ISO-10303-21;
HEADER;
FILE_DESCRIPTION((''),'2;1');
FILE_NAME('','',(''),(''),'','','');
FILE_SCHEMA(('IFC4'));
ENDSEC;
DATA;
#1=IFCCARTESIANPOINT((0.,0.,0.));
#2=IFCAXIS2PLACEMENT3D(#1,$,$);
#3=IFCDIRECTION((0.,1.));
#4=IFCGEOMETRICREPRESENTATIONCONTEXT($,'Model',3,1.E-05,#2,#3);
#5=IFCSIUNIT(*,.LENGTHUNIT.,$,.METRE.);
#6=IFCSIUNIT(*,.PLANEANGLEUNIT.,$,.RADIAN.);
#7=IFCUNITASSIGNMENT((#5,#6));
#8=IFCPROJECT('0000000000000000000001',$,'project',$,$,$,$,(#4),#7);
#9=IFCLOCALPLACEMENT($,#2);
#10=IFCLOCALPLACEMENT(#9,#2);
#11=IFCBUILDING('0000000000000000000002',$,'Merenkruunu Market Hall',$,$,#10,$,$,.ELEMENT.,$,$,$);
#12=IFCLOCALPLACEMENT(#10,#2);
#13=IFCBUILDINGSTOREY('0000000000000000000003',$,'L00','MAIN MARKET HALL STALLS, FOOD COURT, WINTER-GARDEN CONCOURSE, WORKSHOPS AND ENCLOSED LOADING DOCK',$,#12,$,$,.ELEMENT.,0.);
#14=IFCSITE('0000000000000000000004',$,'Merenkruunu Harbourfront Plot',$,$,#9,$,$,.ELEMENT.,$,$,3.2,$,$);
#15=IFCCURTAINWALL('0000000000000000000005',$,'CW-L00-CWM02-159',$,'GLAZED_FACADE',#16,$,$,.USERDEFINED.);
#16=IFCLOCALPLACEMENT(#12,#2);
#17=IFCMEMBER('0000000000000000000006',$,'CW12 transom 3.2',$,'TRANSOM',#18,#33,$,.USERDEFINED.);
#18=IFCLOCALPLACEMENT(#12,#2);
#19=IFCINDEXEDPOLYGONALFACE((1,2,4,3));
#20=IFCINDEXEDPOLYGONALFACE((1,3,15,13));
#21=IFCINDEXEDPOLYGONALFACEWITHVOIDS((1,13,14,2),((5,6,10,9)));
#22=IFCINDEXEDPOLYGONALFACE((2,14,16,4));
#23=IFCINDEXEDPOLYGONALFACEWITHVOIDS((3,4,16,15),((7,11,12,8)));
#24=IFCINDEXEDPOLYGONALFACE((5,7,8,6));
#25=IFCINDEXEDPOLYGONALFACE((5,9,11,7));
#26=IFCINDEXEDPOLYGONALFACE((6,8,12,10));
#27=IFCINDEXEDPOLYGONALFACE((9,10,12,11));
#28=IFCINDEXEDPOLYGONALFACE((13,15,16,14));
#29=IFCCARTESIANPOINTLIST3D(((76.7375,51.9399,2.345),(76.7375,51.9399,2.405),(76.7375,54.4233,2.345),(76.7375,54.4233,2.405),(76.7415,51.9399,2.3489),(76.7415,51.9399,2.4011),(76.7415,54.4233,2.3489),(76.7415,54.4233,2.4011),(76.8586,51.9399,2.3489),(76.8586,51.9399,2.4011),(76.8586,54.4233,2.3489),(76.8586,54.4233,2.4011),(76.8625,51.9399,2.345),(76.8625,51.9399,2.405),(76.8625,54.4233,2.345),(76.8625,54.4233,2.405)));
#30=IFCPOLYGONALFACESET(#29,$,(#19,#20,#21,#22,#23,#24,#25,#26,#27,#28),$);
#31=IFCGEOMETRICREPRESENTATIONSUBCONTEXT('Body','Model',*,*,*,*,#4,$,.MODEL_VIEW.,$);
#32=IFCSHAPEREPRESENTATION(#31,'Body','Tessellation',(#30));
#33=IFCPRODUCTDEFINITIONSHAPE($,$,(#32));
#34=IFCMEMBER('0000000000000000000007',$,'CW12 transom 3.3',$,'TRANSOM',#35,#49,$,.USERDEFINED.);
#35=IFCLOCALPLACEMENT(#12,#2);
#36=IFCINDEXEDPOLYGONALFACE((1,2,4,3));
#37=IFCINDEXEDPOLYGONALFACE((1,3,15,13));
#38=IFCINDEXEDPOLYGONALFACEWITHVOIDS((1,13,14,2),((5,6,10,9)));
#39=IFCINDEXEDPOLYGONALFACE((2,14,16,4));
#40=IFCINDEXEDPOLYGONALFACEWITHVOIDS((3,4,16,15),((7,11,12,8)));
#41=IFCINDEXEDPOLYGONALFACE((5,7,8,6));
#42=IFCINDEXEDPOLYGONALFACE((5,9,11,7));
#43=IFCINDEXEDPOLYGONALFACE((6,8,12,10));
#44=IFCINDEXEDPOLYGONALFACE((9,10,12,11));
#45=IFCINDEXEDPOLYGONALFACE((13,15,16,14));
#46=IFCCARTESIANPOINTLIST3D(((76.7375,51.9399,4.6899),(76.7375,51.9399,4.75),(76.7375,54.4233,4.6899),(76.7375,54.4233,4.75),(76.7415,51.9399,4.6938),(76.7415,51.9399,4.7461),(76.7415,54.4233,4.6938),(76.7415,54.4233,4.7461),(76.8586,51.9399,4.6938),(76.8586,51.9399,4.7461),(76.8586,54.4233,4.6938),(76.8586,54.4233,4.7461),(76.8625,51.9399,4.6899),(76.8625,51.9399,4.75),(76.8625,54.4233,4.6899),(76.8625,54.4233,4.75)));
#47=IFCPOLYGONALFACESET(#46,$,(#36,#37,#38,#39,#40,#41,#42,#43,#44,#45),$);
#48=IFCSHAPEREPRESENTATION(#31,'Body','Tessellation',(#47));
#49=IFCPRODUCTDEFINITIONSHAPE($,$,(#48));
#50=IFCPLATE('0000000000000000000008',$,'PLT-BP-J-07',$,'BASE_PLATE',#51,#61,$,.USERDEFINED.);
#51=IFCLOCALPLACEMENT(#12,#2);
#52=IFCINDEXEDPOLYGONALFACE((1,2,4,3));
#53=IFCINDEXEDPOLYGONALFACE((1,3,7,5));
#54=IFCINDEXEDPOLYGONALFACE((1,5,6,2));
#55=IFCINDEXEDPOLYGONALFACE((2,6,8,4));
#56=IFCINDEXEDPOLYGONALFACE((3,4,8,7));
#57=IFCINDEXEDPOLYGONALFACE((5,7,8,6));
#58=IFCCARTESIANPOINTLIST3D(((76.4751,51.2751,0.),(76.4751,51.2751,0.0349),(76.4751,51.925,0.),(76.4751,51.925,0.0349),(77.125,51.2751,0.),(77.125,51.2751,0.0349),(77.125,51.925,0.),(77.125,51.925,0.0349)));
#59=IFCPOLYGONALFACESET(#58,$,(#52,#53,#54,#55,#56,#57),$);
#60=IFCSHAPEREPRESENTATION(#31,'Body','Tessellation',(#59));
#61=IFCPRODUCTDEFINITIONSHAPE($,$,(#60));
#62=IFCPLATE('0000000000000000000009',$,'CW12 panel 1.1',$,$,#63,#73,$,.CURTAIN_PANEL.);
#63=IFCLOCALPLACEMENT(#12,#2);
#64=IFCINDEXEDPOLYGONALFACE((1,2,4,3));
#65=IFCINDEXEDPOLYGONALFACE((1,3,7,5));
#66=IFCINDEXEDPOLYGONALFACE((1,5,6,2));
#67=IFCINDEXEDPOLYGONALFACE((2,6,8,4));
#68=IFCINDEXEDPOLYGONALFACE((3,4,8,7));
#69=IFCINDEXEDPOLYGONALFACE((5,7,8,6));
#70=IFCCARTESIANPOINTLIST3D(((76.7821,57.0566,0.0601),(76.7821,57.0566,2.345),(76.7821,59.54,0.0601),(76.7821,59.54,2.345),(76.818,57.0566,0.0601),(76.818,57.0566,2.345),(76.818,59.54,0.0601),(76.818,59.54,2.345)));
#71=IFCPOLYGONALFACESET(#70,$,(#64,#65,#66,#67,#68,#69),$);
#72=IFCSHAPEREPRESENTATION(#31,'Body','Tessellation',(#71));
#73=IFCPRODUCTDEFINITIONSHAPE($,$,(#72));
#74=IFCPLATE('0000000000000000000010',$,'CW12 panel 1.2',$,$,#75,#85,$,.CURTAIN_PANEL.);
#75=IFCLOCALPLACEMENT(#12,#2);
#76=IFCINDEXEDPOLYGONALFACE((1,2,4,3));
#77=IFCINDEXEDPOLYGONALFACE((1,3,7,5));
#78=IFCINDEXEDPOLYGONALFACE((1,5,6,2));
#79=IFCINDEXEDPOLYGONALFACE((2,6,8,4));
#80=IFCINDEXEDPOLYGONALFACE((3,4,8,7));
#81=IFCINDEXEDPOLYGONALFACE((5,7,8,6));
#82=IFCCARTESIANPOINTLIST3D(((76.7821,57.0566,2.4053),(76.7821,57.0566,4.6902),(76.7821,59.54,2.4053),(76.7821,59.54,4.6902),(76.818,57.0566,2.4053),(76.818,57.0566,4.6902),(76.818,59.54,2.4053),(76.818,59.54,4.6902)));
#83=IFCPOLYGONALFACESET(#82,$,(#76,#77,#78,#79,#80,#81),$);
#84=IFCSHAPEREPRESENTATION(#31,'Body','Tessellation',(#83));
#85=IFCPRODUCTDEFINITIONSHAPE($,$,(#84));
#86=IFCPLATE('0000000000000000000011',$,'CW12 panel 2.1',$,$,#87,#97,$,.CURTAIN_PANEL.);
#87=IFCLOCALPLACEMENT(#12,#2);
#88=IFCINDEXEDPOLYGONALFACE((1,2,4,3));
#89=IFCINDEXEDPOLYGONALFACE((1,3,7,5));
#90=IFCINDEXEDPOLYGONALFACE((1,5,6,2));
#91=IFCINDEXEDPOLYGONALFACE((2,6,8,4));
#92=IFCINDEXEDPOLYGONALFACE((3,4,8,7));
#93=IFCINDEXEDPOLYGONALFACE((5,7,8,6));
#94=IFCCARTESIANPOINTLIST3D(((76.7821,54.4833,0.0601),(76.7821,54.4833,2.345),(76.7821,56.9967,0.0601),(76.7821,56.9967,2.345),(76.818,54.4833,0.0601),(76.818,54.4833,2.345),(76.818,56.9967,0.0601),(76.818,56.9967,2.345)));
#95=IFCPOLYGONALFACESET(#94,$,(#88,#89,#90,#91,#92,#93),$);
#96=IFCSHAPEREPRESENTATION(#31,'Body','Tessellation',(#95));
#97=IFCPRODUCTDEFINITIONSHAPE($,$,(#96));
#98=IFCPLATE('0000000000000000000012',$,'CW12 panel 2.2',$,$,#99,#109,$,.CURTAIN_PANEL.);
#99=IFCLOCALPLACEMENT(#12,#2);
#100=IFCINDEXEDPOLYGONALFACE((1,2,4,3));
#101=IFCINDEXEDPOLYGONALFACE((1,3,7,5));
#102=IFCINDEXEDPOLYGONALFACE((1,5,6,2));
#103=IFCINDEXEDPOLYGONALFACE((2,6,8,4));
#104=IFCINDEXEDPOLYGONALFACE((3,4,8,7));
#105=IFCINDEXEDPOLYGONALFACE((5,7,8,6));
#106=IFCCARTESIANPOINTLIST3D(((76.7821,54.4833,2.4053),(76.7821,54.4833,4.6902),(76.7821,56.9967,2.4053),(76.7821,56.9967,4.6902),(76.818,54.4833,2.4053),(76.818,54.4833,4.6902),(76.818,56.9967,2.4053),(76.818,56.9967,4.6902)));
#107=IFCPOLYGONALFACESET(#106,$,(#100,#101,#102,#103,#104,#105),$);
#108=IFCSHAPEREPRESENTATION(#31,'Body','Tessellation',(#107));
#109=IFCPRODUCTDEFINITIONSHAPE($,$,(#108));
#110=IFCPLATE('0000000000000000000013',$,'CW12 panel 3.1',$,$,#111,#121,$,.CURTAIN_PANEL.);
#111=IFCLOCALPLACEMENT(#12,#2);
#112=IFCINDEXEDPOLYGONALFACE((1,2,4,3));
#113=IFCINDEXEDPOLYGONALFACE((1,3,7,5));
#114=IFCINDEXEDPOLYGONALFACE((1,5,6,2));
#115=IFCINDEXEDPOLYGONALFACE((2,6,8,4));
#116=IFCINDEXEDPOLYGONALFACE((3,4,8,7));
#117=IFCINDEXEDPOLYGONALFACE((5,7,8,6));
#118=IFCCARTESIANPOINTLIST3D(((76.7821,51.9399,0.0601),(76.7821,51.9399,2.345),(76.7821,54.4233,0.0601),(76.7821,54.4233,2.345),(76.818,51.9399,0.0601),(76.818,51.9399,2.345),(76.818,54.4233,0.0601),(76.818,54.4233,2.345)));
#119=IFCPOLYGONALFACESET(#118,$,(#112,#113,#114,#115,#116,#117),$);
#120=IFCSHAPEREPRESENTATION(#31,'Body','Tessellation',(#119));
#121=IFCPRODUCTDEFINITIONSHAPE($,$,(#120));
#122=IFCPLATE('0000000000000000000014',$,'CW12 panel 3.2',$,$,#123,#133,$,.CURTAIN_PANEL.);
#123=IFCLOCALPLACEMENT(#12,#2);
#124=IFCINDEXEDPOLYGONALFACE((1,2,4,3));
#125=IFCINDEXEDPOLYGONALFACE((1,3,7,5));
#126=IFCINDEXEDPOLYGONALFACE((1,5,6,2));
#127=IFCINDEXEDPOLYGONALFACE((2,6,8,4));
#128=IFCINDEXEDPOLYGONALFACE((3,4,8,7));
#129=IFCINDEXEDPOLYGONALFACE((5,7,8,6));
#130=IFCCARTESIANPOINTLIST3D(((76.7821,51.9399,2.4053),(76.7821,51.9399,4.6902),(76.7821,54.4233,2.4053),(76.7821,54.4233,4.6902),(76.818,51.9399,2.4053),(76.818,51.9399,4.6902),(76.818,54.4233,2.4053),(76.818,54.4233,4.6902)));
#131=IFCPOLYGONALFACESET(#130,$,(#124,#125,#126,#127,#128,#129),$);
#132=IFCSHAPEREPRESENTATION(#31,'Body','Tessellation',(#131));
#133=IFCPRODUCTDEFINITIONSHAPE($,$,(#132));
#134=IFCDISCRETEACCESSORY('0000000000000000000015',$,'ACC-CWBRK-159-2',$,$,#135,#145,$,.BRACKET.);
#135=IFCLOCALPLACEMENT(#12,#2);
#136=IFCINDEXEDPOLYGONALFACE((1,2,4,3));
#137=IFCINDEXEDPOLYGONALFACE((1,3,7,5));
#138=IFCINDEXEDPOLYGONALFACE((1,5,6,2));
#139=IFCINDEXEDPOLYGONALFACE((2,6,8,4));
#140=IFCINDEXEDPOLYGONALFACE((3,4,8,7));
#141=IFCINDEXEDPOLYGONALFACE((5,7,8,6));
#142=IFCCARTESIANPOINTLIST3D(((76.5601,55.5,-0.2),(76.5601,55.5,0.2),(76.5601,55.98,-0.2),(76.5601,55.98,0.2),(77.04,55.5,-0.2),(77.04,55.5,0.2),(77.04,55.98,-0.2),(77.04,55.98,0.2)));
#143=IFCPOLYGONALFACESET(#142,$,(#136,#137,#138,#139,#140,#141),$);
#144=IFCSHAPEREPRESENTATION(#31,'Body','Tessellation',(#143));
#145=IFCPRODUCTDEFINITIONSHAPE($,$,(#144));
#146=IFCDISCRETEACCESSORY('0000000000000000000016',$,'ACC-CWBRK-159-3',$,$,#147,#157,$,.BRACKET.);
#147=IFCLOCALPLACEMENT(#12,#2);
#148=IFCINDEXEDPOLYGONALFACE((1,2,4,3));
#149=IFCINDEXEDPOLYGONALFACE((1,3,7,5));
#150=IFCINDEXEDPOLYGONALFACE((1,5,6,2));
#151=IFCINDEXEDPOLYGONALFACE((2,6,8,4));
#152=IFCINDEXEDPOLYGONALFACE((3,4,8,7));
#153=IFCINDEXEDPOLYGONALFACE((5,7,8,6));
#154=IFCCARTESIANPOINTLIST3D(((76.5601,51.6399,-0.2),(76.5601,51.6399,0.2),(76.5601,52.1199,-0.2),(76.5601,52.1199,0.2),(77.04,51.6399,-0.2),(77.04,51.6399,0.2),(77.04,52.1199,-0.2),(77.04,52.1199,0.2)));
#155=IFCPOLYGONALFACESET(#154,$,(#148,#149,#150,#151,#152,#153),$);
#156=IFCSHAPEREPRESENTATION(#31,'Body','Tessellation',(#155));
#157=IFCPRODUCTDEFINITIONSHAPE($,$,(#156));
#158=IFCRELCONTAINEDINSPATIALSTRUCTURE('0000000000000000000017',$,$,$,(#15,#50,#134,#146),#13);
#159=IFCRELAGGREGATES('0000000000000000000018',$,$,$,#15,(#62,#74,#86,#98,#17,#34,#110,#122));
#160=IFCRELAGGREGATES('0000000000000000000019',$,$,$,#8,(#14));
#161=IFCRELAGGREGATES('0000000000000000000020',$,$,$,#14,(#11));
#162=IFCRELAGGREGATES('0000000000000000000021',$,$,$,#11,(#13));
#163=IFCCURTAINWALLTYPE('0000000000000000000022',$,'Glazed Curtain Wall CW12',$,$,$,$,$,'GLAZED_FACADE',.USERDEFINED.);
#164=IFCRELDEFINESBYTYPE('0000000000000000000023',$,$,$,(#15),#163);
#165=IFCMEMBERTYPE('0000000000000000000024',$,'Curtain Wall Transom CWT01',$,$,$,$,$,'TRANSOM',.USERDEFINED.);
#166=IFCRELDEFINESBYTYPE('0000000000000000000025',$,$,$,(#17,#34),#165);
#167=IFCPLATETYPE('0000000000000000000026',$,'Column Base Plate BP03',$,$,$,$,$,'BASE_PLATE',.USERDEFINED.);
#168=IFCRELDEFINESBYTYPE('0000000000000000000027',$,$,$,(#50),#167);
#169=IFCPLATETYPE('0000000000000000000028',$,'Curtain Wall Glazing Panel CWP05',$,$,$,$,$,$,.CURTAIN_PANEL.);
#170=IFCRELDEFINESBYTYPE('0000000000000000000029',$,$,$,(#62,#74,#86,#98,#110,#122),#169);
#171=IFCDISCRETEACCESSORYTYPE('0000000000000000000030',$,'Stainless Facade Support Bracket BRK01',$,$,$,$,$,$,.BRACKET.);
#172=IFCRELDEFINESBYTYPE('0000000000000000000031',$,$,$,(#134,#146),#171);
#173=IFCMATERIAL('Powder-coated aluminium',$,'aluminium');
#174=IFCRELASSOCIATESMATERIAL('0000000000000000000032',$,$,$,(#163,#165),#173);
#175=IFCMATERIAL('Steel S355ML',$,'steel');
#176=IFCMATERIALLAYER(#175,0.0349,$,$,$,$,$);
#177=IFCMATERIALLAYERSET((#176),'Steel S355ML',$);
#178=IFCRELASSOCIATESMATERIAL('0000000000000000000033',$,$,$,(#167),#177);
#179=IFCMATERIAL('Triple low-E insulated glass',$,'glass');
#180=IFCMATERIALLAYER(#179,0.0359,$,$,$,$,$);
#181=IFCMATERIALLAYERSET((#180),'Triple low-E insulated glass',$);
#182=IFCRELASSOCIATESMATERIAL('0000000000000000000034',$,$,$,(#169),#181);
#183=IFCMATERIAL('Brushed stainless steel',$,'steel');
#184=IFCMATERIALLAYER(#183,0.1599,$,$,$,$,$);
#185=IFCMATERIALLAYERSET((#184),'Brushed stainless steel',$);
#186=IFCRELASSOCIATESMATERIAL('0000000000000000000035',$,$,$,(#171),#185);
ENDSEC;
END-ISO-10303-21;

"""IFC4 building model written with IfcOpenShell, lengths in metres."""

from ifc_helpers import new_model, si_unit, direction, frame, origin, origin_2d, place, context, subcontext, project, spatial, rectangle, hollow_rectangle, extrude, material, layer, layer_set, material_profile, profile_set, type_object, element, aggregate, save


model = new_model("IFC4")

# Units and contexts
model_context = context("Model", 3, precision=1e-05, world=origin(), true_north=direction((0.0, 1.0)))
body_context = subcontext(model_context, "Body", "Model", "MODEL_VIEW")
ifc_project = project(units=[si_unit("LENGTHUNIT", "METRE"), si_unit("PLANEANGLEUNIT", "RADIAN")], contexts=[model_context])

# Site, building, storey
site_placement = place(None, origin())
site = spatial("IfcSite", under=ifc_project, at=site_placement, Name="Merenkruunu Harbourfront Plot", CompositionType="ELEMENT", RefElevation=3.2)
building_placement = place(site_placement, origin())
building = spatial("IfcBuilding", under=site, at=building_placement, Name="Merenkruunu Market Hall", CompositionType="ELEMENT")
storey_placement = place(building_placement, origin())
storey = spatial("IfcBuildingStorey", under=building, at=storey_placement, Name="L00", Description="MAIN MARKET HALL STALLS, FOOD COURT, WINTER-GARDEN CONCOURSE, WORKSHOPS AND ENCLOSED LOADING DOCK", CompositionType="ELEMENT", Elevation=0.0)

# Shared definitions
ifc_material_1 = material(Name="Steel S355ML", Category="steel")

# Curtain wall, members
ifc_material_2 = material(Name="Powder-coated aluminium", Category="aluminium")
curtain_wall_type = type_object("IfcCurtainWallType", Name="Glazed Curtain Wall CW12", ElementType="GLAZED_FACADE", PredefinedType="USERDEFINED", material=ifc_material_2)
curtain_wall_placement = place(storey_placement, origin())
curtain_wall = element("IfcCurtainWall", 1, at=curtain_wall_placement, inside=storey, type_object=curtain_wall_type, Name="CW-L00-CWM02-159", ObjectType="GLAZED_FACADE", PredefinedType="USERDEFINED")
ifc_material_profile_1 = material_profile(ifc_material_2, hollow_rectangle(XDim=0.0601, YDim=0.125, WallThickness=0.0039, at=origin_2d()), Name="ALU 60x125x4")
ifc_profile_set_1 = profile_set([ifc_material_profile_1], Name="Powder-coated aluminium")
member_type_1 = type_object("IfcMemberType", Name="Curtain Wall Transom CWT01", ElementType="TRANSOM", PredefinedType="USERDEFINED", material=ifc_profile_set_1)
member_1_placement = place(storey_placement, frame((76.8, 54.4233, 2.375), z_axis=(0.0, -1.0, 0.0), x_axis=(0.0, 0.0, 1.0)))
member_1 = element("IfcMember", 2, at=member_1_placement, type_object=member_type_1, Name="CW12 transom 3.2", ObjectType="TRANSOM", PredefinedType="USERDEFINED", context=body_context, shape_type="SweptSolid", body=[
    extrude(hollow_rectangle(XDim=0.0601, YDim=0.125, WallThickness=0.0039, at=origin_2d()), origin(), (0.0, 0.0, 1.0), 2.4834),
])
member_2_placement = place(storey_placement, frame((76.8, 54.4233, 4.72), z_axis=(0.0, -1.0, 0.0), x_axis=(0.0, 0.0, 1.0)))
member_2 = element("IfcMember", 3, at=member_2_placement, type_object=member_type_1, Name="CW12 transom 3.3", ObjectType="TRANSOM", PredefinedType="USERDEFINED", context=body_context, shape_type="SweptSolid", body=[
    extrude(hollow_rectangle(XDim=0.0601, YDim=0.125, WallThickness=0.0039, at=origin_2d()), origin(), (0.0, 0.0, 1.0), 2.4834),
])

# Plates
ifc_layer_1 = layer(ifc_material_1, 0.0349)
ifc_layer_set_1 = layer_set([ifc_layer_1], Name="Steel S355ML")
plate_type_1 = type_object("IfcPlateType", Name="Column Base Plate BP03", ElementType="BASE_PLATE", PredefinedType="USERDEFINED", material=ifc_layer_set_1)
plate_1_placement = place(storey_placement, frame((76.8, 51.6001, 0.0), z_axis=(0.0, 0.0, 1.0), x_axis=(1.0, 0.0, 0.0)))
element("IfcPlate", 4, at=plate_1_placement, inside=storey, type_object=plate_type_1, Name="PLT-BP-J-07", ObjectType="BASE_PLATE", PredefinedType="USERDEFINED", context=body_context, shape_type="SweptSolid", body=[
    extrude(rectangle(XDim=0.6499, YDim=0.6499, at=origin_2d()), origin(), (0.0, 0.0, 1.0), 0.0349),
])
ifc_material_3 = material(Name="Triple low-E insulated glass", Category="glass")
ifc_layer_2 = layer(ifc_material_3, 0.0359)
ifc_layer_set_2 = layer_set([ifc_layer_2], Name="Triple low-E insulated glass")
plate_type_2 = type_object("IfcPlateType", Name="Curtain Wall Glazing Panel CWP05", PredefinedType="CURTAIN_PANEL", material=ifc_layer_set_2)
plate_2_placement = place(storey_placement, frame((76.8, 58.2983, 0.0601), z_axis=(0.0, 0.0, 1.0), x_axis=(0.0, -1.0, 0.0)))
plate_2 = element("IfcPlate", 5, at=plate_2_placement, type_object=plate_type_2, Name="CW12 panel 1.1", PredefinedType="CURTAIN_PANEL", context=body_context, shape_type="SweptSolid", body=[
    extrude(rectangle(XDim=2.4834, YDim=0.0359, at=origin_2d()), origin(), (0.0, 0.0, 1.0), 2.2849),
])
plate_3_placement = place(storey_placement, frame((76.8, 58.2983, 2.4053), z_axis=(0.0, 0.0, 1.0), x_axis=(0.0, -1.0, 0.0)))
plate_3 = element("IfcPlate", 6, at=plate_3_placement, type_object=plate_type_2, Name="CW12 panel 1.2", PredefinedType="CURTAIN_PANEL", context=body_context, shape_type="SweptSolid", body=[
    extrude(rectangle(XDim=2.4834, YDim=0.0359, at=origin_2d()), origin(), (0.0, 0.0, 1.0), 2.2849),
])
plate_4_placement = place(storey_placement, frame((76.8, 55.74, 0.0601), z_axis=(0.0, 0.0, 1.0), x_axis=(0.0, -1.0, 0.0)))
plate_4 = element("IfcPlate", 7, at=plate_4_placement, type_object=plate_type_2, Name="CW12 panel 2.1", PredefinedType="CURTAIN_PANEL", context=body_context, shape_type="SweptSolid", body=[
    extrude(rectangle(XDim=2.5134, YDim=0.0359, at=origin_2d()), origin(), (0.0, 0.0, 1.0), 2.2849),
])
plate_5_placement = place(storey_placement, frame((76.8, 55.74, 2.4053), z_axis=(0.0, 0.0, 1.0), x_axis=(0.0, -1.0, 0.0)))
plate_5 = element("IfcPlate", 8, at=plate_5_placement, type_object=plate_type_2, Name="CW12 panel 2.2", PredefinedType="CURTAIN_PANEL", context=body_context, shape_type="SweptSolid", body=[
    extrude(rectangle(XDim=2.5134, YDim=0.0359, at=origin_2d()), origin(), (0.0, 0.0, 1.0), 2.2849),
])
plate_6_placement = place(storey_placement, frame((76.8, 53.1816, 0.0601), z_axis=(0.0, 0.0, 1.0), x_axis=(0.0, -1.0, 0.0)))
plate_6 = element("IfcPlate", 9, at=plate_6_placement, type_object=plate_type_2, Name="CW12 panel 3.1", PredefinedType="CURTAIN_PANEL", context=body_context, shape_type="SweptSolid", body=[
    extrude(rectangle(XDim=2.4834, YDim=0.0359, at=origin_2d()), origin(), (0.0, 0.0, 1.0), 2.2849),
])
plate_7_placement = place(storey_placement, frame((76.8, 53.1816, 2.4053), z_axis=(0.0, 0.0, 1.0), x_axis=(0.0, -1.0, 0.0)))
plate_7 = element("IfcPlate", 10, at=plate_7_placement, type_object=plate_type_2, Name="CW12 panel 3.2", PredefinedType="CURTAIN_PANEL", context=body_context, shape_type="SweptSolid", body=[
    extrude(rectangle(XDim=2.4834, YDim=0.0359, at=origin_2d()), origin(), (0.0, 0.0, 1.0), 2.2849),
])
aggregate(curtain_wall, [plate_2, plate_3, plate_4, plate_5, member_1, member_2, plate_6, plate_7])

# Discrete accessories
ifc_material_4 = material(Name="Brushed stainless steel", Category="steel")
ifc_layer_3 = layer(ifc_material_4, 0.1599)
ifc_layer_set_3 = layer_set([ifc_layer_3], Name="Brushed stainless steel")
discrete_accessory_type = type_object("IfcDiscreteAccessoryType", Name="Stainless Facade Support Bracket BRK01", PredefinedType="BRACKET", material=ifc_layer_set_3)
for number, where, z_axis, x_axis, name in (
    (11, (76.8, 55.74, -0.2), (0.0, 0.0, 1.0), (1.0, 0.0, 0.0), "ACC-CWBRK-159-2"),
    (12, (76.8, 51.8799, -0.2), (0.0, 0.0, 1.0), (1.0, 0.0, 0.0), "ACC-CWBRK-159-3"),
):
    element("IfcDiscreteAccessory", number, at=place(storey_placement, frame(where, z_axis=z_axis, x_axis=x_axis)), inside=storey, type_object=discrete_accessory_type, Name=name, PredefinedType="BRACKET", context=body_context, shape_type="SweptSolid", body=[
        extrude(rectangle(XDim=0.48, YDim=0.48, at=origin_2d()), origin(), (0.0, 0.0, 1.0), 0.3999),
    ])

save(model, "model.ifc")
